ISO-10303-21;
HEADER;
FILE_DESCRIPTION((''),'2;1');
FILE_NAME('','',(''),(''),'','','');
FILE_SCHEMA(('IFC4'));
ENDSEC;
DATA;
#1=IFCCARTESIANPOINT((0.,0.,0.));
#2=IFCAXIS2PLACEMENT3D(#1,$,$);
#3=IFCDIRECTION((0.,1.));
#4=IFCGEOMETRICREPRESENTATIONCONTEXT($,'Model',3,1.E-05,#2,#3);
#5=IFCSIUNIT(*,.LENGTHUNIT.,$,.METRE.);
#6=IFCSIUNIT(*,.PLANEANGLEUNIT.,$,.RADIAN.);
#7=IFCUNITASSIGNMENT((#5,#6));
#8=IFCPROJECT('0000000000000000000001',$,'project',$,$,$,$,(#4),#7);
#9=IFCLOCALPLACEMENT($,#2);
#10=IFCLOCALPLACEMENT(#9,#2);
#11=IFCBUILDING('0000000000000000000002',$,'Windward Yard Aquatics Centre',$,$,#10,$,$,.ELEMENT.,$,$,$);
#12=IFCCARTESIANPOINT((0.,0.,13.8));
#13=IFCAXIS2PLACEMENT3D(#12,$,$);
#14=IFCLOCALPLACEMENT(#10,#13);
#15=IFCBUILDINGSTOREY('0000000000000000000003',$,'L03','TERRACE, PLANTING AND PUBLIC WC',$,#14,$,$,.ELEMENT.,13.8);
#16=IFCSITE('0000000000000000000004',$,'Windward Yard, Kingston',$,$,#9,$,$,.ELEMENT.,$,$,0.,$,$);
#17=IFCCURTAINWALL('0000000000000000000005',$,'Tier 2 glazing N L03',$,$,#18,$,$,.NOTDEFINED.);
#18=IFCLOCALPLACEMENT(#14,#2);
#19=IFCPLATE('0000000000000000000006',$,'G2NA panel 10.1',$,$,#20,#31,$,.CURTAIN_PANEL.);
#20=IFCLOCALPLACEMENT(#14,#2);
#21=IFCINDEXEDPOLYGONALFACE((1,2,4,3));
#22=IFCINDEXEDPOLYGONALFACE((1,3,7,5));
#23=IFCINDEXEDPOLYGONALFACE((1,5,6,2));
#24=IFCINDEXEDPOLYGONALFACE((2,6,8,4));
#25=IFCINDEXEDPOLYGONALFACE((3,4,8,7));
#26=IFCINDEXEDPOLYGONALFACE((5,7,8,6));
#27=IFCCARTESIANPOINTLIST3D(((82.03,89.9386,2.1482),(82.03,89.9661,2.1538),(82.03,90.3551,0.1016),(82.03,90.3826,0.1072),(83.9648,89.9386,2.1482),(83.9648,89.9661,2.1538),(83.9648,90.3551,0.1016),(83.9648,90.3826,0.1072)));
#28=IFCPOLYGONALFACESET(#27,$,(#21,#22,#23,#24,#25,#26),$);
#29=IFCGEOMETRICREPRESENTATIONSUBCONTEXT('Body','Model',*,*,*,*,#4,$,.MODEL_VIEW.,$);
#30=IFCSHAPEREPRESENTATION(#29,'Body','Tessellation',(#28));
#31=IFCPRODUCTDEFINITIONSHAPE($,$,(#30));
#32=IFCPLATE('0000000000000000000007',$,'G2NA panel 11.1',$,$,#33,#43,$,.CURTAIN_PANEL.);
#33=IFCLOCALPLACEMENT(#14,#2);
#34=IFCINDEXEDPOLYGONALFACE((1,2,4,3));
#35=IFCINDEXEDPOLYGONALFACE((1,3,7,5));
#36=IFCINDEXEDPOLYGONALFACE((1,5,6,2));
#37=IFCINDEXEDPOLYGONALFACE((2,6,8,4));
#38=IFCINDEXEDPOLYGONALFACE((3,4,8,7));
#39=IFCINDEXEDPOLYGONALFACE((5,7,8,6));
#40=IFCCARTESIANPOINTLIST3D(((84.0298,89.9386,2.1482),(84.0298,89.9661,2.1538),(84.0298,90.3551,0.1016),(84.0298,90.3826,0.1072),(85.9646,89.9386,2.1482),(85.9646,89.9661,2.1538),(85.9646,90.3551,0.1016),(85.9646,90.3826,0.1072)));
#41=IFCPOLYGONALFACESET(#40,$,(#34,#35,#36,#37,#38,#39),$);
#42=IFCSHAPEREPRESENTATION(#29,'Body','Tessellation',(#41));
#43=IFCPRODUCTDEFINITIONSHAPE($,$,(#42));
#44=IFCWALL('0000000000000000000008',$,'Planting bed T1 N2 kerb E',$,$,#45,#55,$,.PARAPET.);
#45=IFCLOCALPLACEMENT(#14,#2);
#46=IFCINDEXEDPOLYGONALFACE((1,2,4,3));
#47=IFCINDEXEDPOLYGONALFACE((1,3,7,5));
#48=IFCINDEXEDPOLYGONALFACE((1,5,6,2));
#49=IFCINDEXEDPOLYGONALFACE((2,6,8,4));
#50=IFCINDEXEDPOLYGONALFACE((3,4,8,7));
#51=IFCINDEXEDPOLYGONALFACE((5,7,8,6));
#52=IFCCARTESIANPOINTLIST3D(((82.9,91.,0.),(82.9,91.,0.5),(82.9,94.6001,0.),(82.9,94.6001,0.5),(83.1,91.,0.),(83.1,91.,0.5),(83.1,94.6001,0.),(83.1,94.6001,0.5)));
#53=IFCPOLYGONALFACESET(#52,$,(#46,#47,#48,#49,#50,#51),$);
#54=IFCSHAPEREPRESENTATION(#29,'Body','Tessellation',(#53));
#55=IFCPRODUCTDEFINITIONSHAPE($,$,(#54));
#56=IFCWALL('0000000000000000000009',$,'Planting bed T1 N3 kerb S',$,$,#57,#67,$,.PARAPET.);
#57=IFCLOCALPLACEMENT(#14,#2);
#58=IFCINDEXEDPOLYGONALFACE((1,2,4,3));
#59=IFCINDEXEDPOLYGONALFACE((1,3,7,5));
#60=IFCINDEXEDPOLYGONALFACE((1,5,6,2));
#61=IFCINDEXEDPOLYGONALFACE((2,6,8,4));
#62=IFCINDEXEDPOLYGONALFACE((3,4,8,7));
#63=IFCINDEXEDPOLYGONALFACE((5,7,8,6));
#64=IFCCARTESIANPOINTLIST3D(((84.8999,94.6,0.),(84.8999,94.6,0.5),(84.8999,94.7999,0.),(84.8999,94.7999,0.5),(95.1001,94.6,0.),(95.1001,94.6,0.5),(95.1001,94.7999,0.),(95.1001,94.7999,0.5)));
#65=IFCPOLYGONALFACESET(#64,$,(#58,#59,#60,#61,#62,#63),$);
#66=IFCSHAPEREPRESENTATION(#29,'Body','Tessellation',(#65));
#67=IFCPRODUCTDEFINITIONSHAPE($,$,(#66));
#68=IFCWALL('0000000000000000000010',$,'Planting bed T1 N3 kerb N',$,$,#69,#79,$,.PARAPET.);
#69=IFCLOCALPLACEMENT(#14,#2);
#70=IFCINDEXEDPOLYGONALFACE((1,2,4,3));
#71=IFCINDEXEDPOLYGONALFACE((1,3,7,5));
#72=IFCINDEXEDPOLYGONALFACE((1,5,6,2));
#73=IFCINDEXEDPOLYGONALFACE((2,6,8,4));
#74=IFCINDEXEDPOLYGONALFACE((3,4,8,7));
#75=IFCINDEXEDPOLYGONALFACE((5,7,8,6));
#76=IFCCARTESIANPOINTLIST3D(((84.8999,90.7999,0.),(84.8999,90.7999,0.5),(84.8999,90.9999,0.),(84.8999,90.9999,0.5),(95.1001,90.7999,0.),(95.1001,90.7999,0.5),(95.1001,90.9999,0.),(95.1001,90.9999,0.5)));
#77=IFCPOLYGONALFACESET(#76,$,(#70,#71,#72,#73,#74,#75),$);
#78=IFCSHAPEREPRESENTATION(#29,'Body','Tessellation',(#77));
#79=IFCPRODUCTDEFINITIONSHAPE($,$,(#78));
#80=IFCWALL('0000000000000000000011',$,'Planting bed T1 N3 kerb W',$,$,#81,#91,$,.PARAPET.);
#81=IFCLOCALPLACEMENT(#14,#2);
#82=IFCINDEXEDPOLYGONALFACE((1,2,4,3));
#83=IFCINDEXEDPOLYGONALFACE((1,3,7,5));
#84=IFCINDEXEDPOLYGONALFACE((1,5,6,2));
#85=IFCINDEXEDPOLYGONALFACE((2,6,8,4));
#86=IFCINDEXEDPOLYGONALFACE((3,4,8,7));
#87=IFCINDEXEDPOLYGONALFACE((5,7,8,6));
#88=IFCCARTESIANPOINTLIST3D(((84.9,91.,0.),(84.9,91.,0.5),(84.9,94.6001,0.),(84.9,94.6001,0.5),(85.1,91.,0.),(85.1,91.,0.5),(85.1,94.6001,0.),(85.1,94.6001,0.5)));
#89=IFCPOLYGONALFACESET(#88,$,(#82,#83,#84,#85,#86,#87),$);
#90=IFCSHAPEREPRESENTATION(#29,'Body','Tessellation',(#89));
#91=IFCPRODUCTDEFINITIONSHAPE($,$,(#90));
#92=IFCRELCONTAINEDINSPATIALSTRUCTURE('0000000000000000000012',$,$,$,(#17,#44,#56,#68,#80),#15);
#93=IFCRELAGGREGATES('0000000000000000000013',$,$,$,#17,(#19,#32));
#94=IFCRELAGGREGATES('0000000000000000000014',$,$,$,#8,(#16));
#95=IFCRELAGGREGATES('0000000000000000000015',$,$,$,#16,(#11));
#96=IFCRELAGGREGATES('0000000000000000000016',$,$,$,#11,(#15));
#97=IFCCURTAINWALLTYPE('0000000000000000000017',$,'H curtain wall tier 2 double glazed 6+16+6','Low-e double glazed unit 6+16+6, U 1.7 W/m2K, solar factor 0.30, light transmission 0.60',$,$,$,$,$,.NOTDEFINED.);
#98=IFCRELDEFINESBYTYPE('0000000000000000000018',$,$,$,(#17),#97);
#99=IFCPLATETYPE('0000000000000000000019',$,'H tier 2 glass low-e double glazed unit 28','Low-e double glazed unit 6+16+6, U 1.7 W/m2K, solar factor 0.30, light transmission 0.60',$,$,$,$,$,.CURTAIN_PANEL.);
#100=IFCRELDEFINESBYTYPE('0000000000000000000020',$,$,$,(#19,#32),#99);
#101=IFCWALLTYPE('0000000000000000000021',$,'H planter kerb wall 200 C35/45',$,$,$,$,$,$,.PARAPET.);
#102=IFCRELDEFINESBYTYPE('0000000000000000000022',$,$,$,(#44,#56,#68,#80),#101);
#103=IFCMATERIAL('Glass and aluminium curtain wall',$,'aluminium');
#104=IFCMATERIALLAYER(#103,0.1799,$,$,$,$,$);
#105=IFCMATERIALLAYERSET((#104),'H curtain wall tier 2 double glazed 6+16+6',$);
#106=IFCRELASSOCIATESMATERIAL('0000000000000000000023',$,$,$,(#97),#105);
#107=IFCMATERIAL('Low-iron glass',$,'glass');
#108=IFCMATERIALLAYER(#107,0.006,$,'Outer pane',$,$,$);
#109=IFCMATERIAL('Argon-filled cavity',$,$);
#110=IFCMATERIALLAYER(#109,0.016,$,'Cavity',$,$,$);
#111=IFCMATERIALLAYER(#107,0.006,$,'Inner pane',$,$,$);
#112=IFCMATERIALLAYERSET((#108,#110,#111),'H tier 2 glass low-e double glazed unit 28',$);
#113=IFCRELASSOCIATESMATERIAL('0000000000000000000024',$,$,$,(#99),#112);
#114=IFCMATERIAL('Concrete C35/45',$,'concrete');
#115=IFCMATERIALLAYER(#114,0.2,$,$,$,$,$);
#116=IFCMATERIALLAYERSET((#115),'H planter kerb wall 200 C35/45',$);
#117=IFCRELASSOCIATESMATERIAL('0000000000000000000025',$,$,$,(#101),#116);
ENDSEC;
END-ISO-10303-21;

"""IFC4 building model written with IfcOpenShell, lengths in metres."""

from ifc_helpers import new_model, si_unit, direction, frame, frame_2d, origin, place, context, subcontext, project, spatial, polyline, rectangle, outline, extrude, material, layer, layer_set, type_object, element, aggregate, save


model = new_model("IFC4")

# Units and contexts
model_context = context("Model", 3, precision=1e-05, world=origin(), true_north=direction((0.0, 1.0)))
body_context = subcontext(model_context, "Body", "Model", "MODEL_VIEW")
ifc_project = project(units=[si_unit("LENGTHUNIT", "METRE"), si_unit("PLANEANGLEUNIT", "RADIAN")], contexts=[model_context])

# Site, building, storey
site_placement = place(None, origin())
site = spatial("IfcSite", under=ifc_project, at=site_placement, Name="Windward Yard, Kingston", CompositionType="ELEMENT", RefElevation=0.0)
building_placement = place(site_placement, origin())
building = spatial("IfcBuilding", under=site, at=building_placement, Name="Windward Yard Aquatics Centre", CompositionType="ELEMENT")
storey_placement = place(building_placement, frame((0.0, 0.0, 13.8)))
storey = spatial("IfcBuildingStorey", under=building, at=storey_placement, Name="L03", Description="TERRACE, PLANTING AND PUBLIC WC", CompositionType="ELEMENT", Elevation=13.8)

# Curtain wall
ifc_material_1 = material(Name="Glass and aluminium curtain wall", Category="aluminium")
ifc_layer_1 = layer(ifc_material_1, 0.1799)
ifc_layer_set_1 = layer_set([ifc_layer_1], Name="H curtain wall tier 2 double glazed 6+16+6")
curtain_wall_type = type_object("IfcCurtainWallType", Name="H curtain wall tier 2 double glazed 6+16+6", Description="Low-e double glazed unit 6+16+6, U 1.7 W/m2K, solar factor 0.30, light transmission 0.60", PredefinedType="NOTDEFINED", material=ifc_layer_set_1)
curtain_wall_placement = place(storey_placement, origin())
curtain_wall = element("IfcCurtainWall", 1, at=curtain_wall_placement, inside=storey, type_object=curtain_wall_type, Name="Tier 2 glazing N L03", PredefinedType="NOTDEFINED")

# Plates
ifc_material_2 = material(Name="Low-iron glass", Category="glass")
ifc_layer_2 = layer(ifc_material_2, 0.006, Name="Outer pane")
ifc_material_3 = material(Name="Argon-filled cavity")
ifc_layer_3 = layer(ifc_material_3, 0.016, Name="Cavity")
ifc_layer_4 = layer(ifc_material_2, 0.006, Name="Inner pane")
ifc_layer_set_2 = layer_set([ifc_layer_2, ifc_layer_3, ifc_layer_4], Name="H tier 2 glass low-e double glazed unit 28")
plate_type = type_object("IfcPlateType", Name="H tier 2 glass low-e double glazed unit 28", Description="Low-e double glazed unit 6+16+6, U 1.7 W/m2K, solar factor 0.30, light transmission 0.60", PredefinedType="CURTAIN_PANEL", material=ifc_layer_set_2)
plate_1_placement = place(storey_placement, frame((82.03, 89.9661, 2.1538), z_axis=(0.0, 0.979914, 0.199419), x_axis=(0.0, 0.199419, -0.979914)))
plate_1 = element("IfcPlate", 2, at=plate_1_placement, type_object=plate_type, Name="G2NA panel 10.1", PredefinedType="CURTAIN_PANEL", context=body_context, shape_type="SweptSolid", body=[
    extrude(outline(polyline([(0.0, 0.0), (2.0886, 0.0), (2.0886, -1.9348), (0.0, -1.9348), (0.0, 0.0)])), origin(), (0.0, 0.0, -1.0), 0.0281),
])
plate_2_placement = place(storey_placement, frame((84.0298, 89.9661, 2.1538), z_axis=(0.0, 0.979914, 0.199419), x_axis=(0.0, 0.199419, -0.979914)))
plate_2 = element("IfcPlate", 3, at=plate_2_placement, type_object=plate_type, Name="G2NA panel 11.1", PredefinedType="CURTAIN_PANEL", context=body_context, shape_type="SweptSolid", body=[
    extrude(outline(polyline([(0.0, 0.0), (2.0886, 0.0), (2.0886, -1.9348), (0.0, -1.9348), (0.0, 0.0)])), origin(), (0.0, 0.0, -1.0), 0.0281),
])
aggregate(curtain_wall, [plate_1, plate_2])

# Walls
ifc_material_4 = material(Name="Concrete C35/45", Category="concrete")
ifc_layer_5 = layer(ifc_material_4, 0.2)
ifc_layer_set_3 = layer_set([ifc_layer_5], Name="H planter kerb wall 200 C35/45")
wall_type = type_object("IfcWallType", Name="H planter kerb wall 200 C35/45", PredefinedType="PARAPET", material=ifc_layer_set_3)
wall_1_placement = place(storey_placement, frame((83.0, 94.6001, 0.0), z_axis=(0.0, 0.0, 1.0), x_axis=(0.0, -1.0, 0.0)))
element("IfcWall", 4, at=wall_1_placement, inside=storey, type_object=wall_type, Name="Planting bed T1 N2 kerb E", PredefinedType="PARAPET", context=body_context, shape_type="SweptSolid", body=[
    extrude(rectangle(XDim=3.6001, YDim=0.2, at=frame_2d((1.8, 0.0))), origin(), (0.0, 0.0, 1.0), 0.5),
])
for number, where, z_axis, x_axis, name in (
    (5, (84.8999, 94.7, 0.0), (0.0, 0.0, 1.0), (1.0, 0.0, 0.0), "Planting bed T1 N3 kerb S"),
    (6, (84.8999, 90.8999, 0.0), (0.0, 0.0, 1.0), (1.0, 0.0, 0.0), "Planting bed T1 N3 kerb N"),
):
    element("IfcWall", number, at=place(storey_placement, frame(where, z_axis=z_axis, x_axis=x_axis)), inside=storey, type_object=wall_type, Name=name, PredefinedType="PARAPET", context=body_context, shape_type="SweptSolid", body=[
        extrude(rectangle(XDim=10.2002, YDim=0.2, at=frame_2d((5.1001, 0.0))), origin(), (0.0, 0.0, 1.0), 0.5),
    ])
wall_2_placement = place(storey_placement, frame((85.0, 94.6001, 0.0), z_axis=(0.0, 0.0, 1.0), x_axis=(0.0, -1.0, 0.0)))
element("IfcWall", 7, at=wall_2_placement, inside=storey, type_object=wall_type, Name="Planting bed T1 N3 kerb W", PredefinedType="PARAPET", context=body_context, shape_type="SweptSolid", body=[
    extrude(rectangle(XDim=3.6001, YDim=0.2, at=frame_2d((1.8, 0.0))), origin(), (0.0, 0.0, 1.0), 0.5),
])

save(model, "model.ifc")
